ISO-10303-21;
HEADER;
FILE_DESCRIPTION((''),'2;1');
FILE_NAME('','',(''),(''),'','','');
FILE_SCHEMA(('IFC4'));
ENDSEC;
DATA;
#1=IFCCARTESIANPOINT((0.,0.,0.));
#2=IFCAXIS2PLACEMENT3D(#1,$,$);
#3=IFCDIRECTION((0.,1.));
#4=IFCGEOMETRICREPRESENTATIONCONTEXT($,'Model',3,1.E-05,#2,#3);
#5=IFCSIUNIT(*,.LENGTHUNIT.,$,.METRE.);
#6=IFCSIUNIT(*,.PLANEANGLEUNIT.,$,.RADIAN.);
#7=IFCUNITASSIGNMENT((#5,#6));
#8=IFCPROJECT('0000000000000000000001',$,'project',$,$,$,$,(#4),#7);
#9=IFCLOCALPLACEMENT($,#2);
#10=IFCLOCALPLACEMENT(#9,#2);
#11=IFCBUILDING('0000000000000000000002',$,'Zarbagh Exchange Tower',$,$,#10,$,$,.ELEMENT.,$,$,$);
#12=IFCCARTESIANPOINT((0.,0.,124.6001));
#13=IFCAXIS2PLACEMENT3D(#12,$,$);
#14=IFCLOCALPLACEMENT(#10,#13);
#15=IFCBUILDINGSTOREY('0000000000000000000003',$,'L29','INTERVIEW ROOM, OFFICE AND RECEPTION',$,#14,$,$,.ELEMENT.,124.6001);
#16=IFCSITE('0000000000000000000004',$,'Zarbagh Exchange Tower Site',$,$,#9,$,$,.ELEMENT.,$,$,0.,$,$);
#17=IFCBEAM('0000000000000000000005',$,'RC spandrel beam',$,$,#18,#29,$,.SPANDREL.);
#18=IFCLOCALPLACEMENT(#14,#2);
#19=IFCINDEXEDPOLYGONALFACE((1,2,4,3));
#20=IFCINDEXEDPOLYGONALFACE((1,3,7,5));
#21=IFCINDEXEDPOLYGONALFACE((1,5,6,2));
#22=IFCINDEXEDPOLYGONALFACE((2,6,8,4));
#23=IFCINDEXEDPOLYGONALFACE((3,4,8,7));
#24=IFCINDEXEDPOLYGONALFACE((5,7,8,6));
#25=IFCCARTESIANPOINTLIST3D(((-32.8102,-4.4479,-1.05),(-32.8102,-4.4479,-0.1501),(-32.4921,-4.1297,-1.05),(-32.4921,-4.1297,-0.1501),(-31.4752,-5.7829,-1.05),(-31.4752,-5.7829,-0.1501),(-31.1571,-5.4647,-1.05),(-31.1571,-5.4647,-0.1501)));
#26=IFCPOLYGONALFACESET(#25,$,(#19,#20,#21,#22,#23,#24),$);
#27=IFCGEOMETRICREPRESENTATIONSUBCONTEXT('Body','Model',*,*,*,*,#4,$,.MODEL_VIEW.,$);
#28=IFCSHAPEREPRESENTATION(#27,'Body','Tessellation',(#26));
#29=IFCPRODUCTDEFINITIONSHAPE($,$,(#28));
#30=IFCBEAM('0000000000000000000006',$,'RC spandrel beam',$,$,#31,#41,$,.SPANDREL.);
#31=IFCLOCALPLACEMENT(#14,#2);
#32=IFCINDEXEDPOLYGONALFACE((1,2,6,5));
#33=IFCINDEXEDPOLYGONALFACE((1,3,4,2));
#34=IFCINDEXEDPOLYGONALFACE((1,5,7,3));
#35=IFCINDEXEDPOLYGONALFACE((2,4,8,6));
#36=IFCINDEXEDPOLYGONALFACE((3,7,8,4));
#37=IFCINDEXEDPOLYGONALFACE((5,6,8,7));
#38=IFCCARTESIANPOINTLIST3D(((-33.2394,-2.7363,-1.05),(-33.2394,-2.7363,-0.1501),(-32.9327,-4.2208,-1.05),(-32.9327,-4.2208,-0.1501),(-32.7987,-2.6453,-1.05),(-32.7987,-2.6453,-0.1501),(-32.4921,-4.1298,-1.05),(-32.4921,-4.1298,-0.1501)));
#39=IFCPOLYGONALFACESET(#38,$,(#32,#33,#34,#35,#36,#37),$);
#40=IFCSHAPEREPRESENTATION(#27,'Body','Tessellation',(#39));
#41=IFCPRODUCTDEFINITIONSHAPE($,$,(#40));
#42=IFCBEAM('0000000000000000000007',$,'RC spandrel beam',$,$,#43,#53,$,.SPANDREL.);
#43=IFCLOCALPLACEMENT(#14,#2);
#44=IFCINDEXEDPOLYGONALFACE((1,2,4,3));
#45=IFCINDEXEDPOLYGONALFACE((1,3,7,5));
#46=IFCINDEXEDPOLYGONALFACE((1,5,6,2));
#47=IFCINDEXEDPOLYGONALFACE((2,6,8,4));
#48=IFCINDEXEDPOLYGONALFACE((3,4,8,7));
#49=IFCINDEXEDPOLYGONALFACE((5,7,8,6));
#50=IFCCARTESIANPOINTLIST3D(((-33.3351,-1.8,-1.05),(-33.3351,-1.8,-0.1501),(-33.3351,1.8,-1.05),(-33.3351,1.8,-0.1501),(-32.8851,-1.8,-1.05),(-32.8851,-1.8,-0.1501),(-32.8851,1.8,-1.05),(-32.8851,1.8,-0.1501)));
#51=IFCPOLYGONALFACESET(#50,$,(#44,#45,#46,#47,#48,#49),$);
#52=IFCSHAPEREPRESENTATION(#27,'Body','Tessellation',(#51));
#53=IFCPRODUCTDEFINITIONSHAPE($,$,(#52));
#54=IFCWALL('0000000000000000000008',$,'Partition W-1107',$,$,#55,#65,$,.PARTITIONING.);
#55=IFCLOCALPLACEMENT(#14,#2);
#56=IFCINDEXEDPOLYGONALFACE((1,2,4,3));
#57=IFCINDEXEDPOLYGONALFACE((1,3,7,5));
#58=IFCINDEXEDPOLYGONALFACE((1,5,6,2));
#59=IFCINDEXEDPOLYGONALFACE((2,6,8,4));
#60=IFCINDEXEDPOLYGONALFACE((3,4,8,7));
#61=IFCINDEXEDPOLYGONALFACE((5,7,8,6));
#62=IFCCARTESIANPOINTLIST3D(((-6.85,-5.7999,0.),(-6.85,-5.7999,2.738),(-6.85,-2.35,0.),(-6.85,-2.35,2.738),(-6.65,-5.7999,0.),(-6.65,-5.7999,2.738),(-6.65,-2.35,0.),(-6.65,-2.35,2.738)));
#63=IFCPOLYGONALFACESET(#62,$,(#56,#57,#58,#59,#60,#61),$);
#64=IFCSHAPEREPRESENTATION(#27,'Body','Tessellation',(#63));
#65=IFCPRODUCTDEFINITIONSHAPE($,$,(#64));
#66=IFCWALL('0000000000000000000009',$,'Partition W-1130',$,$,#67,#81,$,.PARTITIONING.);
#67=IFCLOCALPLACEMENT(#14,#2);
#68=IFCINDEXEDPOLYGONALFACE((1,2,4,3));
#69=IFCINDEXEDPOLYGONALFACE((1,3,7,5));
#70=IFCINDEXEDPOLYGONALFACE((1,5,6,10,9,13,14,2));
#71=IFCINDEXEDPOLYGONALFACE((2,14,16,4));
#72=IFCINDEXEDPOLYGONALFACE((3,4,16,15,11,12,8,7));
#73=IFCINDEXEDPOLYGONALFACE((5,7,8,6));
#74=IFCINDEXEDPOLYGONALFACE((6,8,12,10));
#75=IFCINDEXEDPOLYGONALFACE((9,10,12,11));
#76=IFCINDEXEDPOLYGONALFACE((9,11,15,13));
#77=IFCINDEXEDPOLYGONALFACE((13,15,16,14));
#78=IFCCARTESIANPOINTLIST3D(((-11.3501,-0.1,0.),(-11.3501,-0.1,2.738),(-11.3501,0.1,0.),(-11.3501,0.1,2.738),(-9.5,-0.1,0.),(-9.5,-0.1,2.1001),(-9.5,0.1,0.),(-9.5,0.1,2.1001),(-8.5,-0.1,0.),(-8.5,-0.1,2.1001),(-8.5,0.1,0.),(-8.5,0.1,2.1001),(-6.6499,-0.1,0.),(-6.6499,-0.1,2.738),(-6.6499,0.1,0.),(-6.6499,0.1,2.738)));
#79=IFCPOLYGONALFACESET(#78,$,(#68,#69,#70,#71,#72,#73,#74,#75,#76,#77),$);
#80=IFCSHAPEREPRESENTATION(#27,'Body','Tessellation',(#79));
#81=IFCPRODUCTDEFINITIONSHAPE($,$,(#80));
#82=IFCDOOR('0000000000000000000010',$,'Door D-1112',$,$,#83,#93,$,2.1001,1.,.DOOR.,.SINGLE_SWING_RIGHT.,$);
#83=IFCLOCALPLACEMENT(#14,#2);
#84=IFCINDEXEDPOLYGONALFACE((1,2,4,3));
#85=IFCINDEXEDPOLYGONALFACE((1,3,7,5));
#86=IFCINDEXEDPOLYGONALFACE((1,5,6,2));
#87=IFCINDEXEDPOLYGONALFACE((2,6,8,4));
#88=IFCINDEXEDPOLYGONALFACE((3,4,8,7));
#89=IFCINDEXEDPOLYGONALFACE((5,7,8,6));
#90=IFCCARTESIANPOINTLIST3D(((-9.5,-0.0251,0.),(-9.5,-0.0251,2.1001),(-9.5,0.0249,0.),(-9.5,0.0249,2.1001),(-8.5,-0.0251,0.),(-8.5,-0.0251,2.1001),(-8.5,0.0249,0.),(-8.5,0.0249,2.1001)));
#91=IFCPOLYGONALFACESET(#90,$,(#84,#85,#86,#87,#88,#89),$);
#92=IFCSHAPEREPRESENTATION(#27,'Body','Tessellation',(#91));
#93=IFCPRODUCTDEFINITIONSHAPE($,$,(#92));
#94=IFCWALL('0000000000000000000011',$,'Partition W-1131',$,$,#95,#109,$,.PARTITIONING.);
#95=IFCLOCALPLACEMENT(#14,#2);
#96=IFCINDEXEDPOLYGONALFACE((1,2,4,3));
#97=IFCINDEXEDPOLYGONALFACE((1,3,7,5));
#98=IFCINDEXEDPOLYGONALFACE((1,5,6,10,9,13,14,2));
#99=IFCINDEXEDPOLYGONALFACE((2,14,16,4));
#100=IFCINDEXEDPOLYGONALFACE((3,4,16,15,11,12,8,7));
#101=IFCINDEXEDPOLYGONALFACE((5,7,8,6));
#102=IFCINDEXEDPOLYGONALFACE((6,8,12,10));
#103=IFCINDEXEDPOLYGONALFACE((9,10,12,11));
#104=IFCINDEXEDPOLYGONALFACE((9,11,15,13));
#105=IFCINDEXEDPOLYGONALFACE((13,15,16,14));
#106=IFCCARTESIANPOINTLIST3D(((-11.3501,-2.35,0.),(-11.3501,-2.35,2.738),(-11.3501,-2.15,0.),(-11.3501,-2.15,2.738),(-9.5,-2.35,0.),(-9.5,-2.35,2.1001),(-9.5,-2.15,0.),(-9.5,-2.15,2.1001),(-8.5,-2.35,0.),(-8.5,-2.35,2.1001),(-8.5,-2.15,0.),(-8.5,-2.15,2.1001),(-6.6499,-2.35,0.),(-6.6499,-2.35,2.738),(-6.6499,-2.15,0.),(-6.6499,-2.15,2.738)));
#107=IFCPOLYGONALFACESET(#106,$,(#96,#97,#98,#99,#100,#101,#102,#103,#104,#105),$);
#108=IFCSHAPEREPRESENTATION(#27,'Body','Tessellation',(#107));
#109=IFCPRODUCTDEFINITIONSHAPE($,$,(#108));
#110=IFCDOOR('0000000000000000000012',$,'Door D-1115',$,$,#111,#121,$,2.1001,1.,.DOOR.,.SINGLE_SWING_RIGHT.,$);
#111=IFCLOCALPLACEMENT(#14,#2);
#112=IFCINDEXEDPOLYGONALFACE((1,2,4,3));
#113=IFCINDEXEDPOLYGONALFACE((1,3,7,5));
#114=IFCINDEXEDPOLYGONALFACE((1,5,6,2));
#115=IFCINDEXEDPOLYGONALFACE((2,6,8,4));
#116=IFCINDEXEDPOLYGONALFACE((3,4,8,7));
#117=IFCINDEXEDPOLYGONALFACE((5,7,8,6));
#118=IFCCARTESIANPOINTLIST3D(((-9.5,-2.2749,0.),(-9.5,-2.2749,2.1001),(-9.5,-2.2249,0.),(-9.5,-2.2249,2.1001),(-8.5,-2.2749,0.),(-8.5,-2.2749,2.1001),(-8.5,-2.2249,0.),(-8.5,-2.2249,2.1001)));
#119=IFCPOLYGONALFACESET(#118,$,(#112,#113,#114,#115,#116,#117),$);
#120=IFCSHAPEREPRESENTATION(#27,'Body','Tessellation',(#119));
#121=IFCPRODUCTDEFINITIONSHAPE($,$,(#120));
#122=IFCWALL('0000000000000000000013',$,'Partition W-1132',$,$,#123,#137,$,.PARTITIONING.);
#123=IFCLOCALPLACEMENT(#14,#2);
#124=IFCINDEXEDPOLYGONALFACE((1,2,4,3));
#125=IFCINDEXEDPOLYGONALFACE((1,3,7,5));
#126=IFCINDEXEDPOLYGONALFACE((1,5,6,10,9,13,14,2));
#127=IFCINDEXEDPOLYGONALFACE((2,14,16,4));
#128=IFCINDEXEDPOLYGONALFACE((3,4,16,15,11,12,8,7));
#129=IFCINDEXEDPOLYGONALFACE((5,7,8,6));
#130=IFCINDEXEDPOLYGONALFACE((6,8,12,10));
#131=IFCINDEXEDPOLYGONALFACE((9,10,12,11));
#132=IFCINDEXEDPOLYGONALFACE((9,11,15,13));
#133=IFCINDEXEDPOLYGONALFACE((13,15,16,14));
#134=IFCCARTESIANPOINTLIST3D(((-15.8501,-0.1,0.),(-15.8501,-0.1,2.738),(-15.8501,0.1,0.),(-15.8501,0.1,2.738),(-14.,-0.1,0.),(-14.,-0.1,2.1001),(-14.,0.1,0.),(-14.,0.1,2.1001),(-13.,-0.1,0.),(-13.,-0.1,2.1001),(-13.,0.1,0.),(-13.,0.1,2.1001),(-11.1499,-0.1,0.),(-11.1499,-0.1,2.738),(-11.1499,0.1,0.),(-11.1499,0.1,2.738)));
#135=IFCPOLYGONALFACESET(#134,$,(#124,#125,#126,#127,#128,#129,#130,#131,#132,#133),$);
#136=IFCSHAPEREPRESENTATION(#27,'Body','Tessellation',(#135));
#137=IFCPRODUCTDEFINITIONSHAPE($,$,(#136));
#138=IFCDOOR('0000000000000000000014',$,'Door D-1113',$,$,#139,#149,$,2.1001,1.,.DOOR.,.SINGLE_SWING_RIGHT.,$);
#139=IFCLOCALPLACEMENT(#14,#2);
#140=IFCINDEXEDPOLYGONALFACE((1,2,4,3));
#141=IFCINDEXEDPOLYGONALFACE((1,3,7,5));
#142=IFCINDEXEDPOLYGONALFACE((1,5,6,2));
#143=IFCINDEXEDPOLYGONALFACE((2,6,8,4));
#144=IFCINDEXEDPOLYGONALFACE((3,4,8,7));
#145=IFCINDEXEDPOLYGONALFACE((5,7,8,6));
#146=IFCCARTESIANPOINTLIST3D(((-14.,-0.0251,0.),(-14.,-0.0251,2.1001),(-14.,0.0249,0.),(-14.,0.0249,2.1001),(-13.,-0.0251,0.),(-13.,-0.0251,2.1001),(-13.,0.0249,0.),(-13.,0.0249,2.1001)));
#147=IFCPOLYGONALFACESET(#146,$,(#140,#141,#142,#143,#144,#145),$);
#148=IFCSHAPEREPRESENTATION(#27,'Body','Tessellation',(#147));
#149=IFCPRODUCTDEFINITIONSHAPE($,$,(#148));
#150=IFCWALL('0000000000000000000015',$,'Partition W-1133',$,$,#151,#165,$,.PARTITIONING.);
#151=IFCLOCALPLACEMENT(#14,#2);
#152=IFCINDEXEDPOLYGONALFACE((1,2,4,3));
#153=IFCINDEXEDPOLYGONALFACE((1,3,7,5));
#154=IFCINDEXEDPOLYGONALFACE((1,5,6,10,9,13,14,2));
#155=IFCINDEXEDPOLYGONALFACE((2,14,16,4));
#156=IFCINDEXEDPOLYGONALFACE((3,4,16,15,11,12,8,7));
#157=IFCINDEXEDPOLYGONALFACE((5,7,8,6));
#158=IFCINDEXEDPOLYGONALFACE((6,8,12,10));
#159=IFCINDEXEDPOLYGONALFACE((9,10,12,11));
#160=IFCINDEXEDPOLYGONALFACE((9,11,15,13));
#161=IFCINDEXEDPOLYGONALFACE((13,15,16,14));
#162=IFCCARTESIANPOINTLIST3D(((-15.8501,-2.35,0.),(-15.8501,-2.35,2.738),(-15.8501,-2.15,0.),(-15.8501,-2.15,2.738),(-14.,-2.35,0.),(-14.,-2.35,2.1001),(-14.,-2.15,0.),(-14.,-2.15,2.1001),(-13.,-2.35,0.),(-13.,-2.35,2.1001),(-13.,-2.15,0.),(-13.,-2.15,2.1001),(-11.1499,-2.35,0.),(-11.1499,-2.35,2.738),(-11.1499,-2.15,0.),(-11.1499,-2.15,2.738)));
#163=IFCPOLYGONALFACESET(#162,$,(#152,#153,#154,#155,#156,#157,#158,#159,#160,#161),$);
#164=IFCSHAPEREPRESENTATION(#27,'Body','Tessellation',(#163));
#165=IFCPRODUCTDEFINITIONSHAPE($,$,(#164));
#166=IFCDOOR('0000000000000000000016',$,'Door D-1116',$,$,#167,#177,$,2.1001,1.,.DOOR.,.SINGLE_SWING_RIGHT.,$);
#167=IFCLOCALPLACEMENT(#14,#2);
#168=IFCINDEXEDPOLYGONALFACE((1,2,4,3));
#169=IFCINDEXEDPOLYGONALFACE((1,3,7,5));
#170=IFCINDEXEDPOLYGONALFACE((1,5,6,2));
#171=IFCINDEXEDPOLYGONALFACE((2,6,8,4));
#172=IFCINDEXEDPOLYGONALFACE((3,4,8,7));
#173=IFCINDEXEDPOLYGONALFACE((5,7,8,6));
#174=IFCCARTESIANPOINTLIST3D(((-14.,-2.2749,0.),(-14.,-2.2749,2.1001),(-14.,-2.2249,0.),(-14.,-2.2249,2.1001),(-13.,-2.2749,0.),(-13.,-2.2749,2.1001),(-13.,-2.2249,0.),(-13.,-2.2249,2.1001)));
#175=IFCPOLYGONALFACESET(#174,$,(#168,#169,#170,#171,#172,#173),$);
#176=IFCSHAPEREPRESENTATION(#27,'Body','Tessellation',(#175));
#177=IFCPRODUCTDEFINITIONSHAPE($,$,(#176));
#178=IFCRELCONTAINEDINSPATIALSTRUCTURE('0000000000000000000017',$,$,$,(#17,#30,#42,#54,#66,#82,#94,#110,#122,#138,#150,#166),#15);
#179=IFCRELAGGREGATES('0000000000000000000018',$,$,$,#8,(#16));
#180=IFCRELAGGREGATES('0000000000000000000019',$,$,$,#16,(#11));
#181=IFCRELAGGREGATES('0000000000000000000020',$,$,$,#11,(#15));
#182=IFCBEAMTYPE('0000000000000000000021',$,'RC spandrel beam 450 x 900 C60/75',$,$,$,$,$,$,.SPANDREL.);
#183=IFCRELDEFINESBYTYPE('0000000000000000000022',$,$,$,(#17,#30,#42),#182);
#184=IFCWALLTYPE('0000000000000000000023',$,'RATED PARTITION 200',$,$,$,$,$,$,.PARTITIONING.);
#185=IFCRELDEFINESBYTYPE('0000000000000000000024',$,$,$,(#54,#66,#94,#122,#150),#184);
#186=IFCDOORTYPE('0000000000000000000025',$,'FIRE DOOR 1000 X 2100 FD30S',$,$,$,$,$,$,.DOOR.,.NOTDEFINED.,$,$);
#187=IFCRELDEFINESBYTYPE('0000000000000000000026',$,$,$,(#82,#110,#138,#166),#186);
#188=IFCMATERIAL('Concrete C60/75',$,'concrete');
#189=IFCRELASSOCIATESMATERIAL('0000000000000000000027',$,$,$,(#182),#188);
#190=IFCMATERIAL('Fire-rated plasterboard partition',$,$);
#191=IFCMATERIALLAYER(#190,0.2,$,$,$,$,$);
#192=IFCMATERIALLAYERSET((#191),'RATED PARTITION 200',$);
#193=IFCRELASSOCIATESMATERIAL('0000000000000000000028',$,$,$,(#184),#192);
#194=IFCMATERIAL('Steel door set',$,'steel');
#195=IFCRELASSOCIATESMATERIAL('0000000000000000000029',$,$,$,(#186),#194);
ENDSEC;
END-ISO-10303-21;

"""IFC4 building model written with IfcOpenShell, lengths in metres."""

from ifc_helpers import new_model, si_unit, direction, frame, frame_2d, origin, origin_2d, place, context, subcontext, project, spatial, rectangle, extrude, material, layer, layer_set, material_profile, profile_set, type_object, element, fill, save


model = new_model("IFC4")

# Units and contexts
model_context = context("Model", 3, precision=1e-05, world=origin(), true_north=direction((0.0, 1.0)))
body_context = subcontext(model_context, "Body", "Model", "MODEL_VIEW")
ifc_project = project(units=[si_unit("LENGTHUNIT", "METRE"), si_unit("PLANEANGLEUNIT", "RADIAN")], contexts=[model_context])

# Site, building, storey
site_placement = place(None, origin())
site = spatial("IfcSite", under=ifc_project, at=site_placement, Name="Zarbagh Exchange Tower Site", CompositionType="ELEMENT", RefElevation=0.0)
building_placement = place(site_placement, origin())
building = spatial("IfcBuilding", under=site, at=building_placement, Name="Zarbagh Exchange Tower", CompositionType="ELEMENT")
storey_placement = place(building_placement, frame((0.0, 0.0, 124.6001)))
storey = spatial("IfcBuildingStorey", under=building, at=storey_placement, Name="L29", Description="INTERVIEW ROOM, OFFICE AND RECEPTION", CompositionType="ELEMENT", Elevation=124.6001)

# Shared definitions
ifc_material_1 = material(Name="Concrete C60/75", Category="concrete")

# Beams
ifc_material_profile_1 = material_profile(ifc_material_1, rectangle(XDim=0.45, YDim=0.8999, at=origin_2d()), Name="RC spandrel beam 450 x 900 C60/75")
ifc_profile_set_1 = profile_set([ifc_material_profile_1], Name="Concrete C60/75")
beam_type_1 = type_object("IfcBeamType", Name="RC spandrel beam 450 x 900 C60/75", PredefinedType="SPANDREL", material=ifc_profile_set_1)
beam_1_placement = place(storey_placement, frame((-31.3162, -5.6238, -0.6001), z_axis=(-0.707107, 0.707107, 0.0), x_axis=(-0.707107, -0.707107, 0.0)))
element("IfcBeam", 1, at=beam_1_placement, inside=storey, type_object=beam_type_1, Name="RC spandrel beam", PredefinedType="SPANDREL", context=body_context, shape_type="SweptSolid", body=[
    extrude(rectangle(XDim=0.45, YDim=0.8999, at=origin_2d()), origin(), (0.0, 0.0, 1.0), 1.8879),
])
beam_2_placement = place(storey_placement, frame((-32.7124, -4.1753, -0.6001), z_axis=(-0.202275, 0.979329, 0.0), x_axis=(-0.979329, -0.202275, 0.0)))
element("IfcBeam", 2, at=beam_2_placement, inside=storey, type_object=beam_type_1, Name="RC spandrel beam", PredefinedType="SPANDREL", context=body_context, shape_type="SweptSolid", body=[
    extrude(rectangle(XDim=0.45, YDim=0.8999, at=origin_2d()), origin(), (0.0, 0.0, 1.0), 1.5159),
])
beam_3_placement = place(storey_placement, frame((-33.1101, -1.8, -0.6001), z_axis=(0.0, 1.0, 0.0), x_axis=(-1.0, 0.0, 0.0)))
element("IfcBeam", 3, at=beam_3_placement, inside=storey, type_object=beam_type_1, Name="RC spandrel beam", PredefinedType="SPANDREL", context=body_context, shape_type="SweptSolid", body=[
    extrude(rectangle(XDim=0.45, YDim=0.8999, at=origin_2d()), origin(), (0.0, 0.0, 1.0), 3.6001),
])

# Wall
ifc_material_2 = material(Name="Fire-rated plasterboard partition")
ifc_layer = layer(ifc_material_2, 0.2)
ifc_layer_set = layer_set([ifc_layer], Name="RATED PARTITION 200")
wall_type = type_object("IfcWallType", Name="RATED PARTITION 200", PredefinedType="PARTITIONING", material=ifc_layer_set)
wall_1_placement = place(storey_placement, frame((-6.75, -5.8, 0.0), z_axis=(0.0, 0.0, 1.0), x_axis=(0.0, 1.0, 0.0)))
element("IfcWall", 4, at=wall_1_placement, inside=storey, type_object=wall_type, Name="Partition W-1107", PredefinedType="PARTITIONING", context=body_context, shape_type="SweptSolid", body=[
    extrude(rectangle(XDim=3.45, YDim=0.2, at=frame_2d((1.7251, 0.0))), origin(), (0.0, 0.0, 1.0), 2.738),
])

# Walls, openings, doors
wall_2_placement = place(storey_placement, frame((-11.3501, 0.0, 0.0), z_axis=(0.0, 0.0, 1.0), x_axis=(1.0, 0.0, 0.0)))
wall_2 = element("IfcWall", 5, at=wall_2_placement, inside=storey, type_object=wall_type, Name="Partition W-1130", PredefinedType="PARTITIONING", context=body_context, shape_type="SweptSolid", body=[
    extrude(rectangle(XDim=4.7002, YDim=0.2, at=frame_2d((2.3501, 0.0))), origin(), (0.0, 0.0, 1.0), 2.738),
])
opening_1_placement = place(wall_2_placement, frame((1.8501, 0.0, 0.0)))
opening_1 = element("IfcOpeningElement", 6, at=opening_1_placement, cuts=wall_2, PredefinedType="OPENING", context=body_context, shape_type="SweptSolid", body=[
    extrude(rectangle(XDim=1.0, YDim=2.1001, at=frame_2d((0.5, 1.05))), frame((0.0, 0.1099, 0.0), z_axis=(0.0, -1.0, 0.0), x_axis=(1.0, 0.0, 0.0)), (0.0, 0.0, 1.0), 0.22),
])
ifc_material_3 = material(Name="Steel door set", Category="steel")
door_type = type_object("IfcDoorType", Name="FIRE DOOR 1000 X 2100 FD30S", OperationType="NOTDEFINED", PredefinedType="DOOR", material=ifc_material_3)
door_1_placement = place(opening_1_placement, origin())
door_1 = element("IfcDoor", 7, at=door_1_placement, inside=storey, type_object=door_type, Name="Door D-1112", OperationType="SINGLE_SWING_RIGHT", OverallHeight=2.1001, OverallWidth=1.0, PredefinedType="DOOR", context=body_context, shape_type="SweptSolid", body=[
    extrude(rectangle(XDim=1.0, YDim=2.1001, at=frame_2d((0.5, 1.05))), frame((0.0, 0.0249, 0.0), z_axis=(0.0, -1.0, 0.0), x_axis=(1.0, 0.0, 0.0)), (0.0, 0.0, 1.0), 0.05),
])
fill(opening_1, door_1)
wall_3_placement = place(storey_placement, frame((-6.6499, -2.25, 0.0), z_axis=(0.0, 0.0, 1.0), x_axis=(-1.0, 0.0, 0.0)))
wall_3 = element("IfcWall", 8, at=wall_3_placement, inside=storey, type_object=wall_type, Name="Partition W-1131", PredefinedType="PARTITIONING", context=body_context, shape_type="SweptSolid", body=[
    extrude(rectangle(XDim=4.7002, YDim=0.2, at=frame_2d((2.3501, 0.0))), origin(), (0.0, 0.0, 1.0), 2.738),
])
opening_2_placement = place(wall_3_placement, frame((1.8501, 0.0, 0.0)))
opening_2 = element("IfcOpeningElement", 9, at=opening_2_placement, cuts=wall_3, PredefinedType="OPENING", context=body_context, shape_type="SweptSolid", body=[
    extrude(rectangle(XDim=1.0, YDim=2.1001, at=frame_2d((0.5, 1.05))), frame((0.0, 0.1099, 0.0), z_axis=(0.0, -1.0, 0.0), x_axis=(1.0, 0.0, 0.0)), (0.0, 0.0, 1.0), 0.22),
])
door_2_placement = place(opening_2_placement, origin())
door_2 = element("IfcDoor", 10, at=door_2_placement, inside=storey, type_object=door_type, Name="Door D-1115", OperationType="SINGLE_SWING_RIGHT", OverallHeight=2.1001, OverallWidth=1.0, PredefinedType="DOOR", context=body_context, shape_type="SweptSolid", body=[
    extrude(rectangle(XDim=1.0, YDim=2.1001, at=frame_2d((0.5, 1.05))), frame((0.0, 0.0249, 0.0), z_axis=(0.0, -1.0, 0.0), x_axis=(1.0, 0.0, 0.0)), (0.0, 0.0, 1.0), 0.05),
])
fill(opening_2, door_2)
wall_4_placement = place(storey_placement, frame((-15.8501, 0.0, 0.0), z_axis=(0.0, 0.0, 1.0), x_axis=(1.0, 0.0, 0.0)))
wall_4 = element("IfcWall", 11, at=wall_4_placement, inside=storey, type_object=wall_type, Name="Partition W-1132", PredefinedType="PARTITIONING", context=body_context, shape_type="SweptSolid", body=[
    extrude(rectangle(XDim=4.7002, YDim=0.2, at=frame_2d((2.3501, 0.0))), origin(), (0.0, 0.0, 1.0), 2.738),
])
opening_3_placement = place(wall_4_placement, frame((1.8501, 0.0, 0.0)))
opening_3 = element("IfcOpeningElement", 12, at=opening_3_placement, cuts=wall_4, PredefinedType="OPENING", context=body_context, shape_type="SweptSolid", body=[
    extrude(rectangle(XDim=1.0, YDim=2.1001, at=frame_2d((0.5, 1.05))), frame((0.0, 0.1099, 0.0), z_axis=(0.0, -1.0, 0.0), x_axis=(1.0, 0.0, 0.0)), (0.0, 0.0, 1.0), 0.22),
])
door_3_placement = place(opening_3_placement, origin())
door_3 = element("IfcDoor", 13, at=door_3_placement, inside=storey, type_object=door_type, Name="Door D-1113", OperationType="SINGLE_SWING_RIGHT", OverallHeight=2.1001, OverallWidth=1.0, PredefinedType="DOOR", context=body_context, shape_type="SweptSolid", body=[
    extrude(rectangle(XDim=1.0, YDim=2.1001, at=frame_2d((0.5, 1.05))), frame((0.0, 0.0249, 0.0), z_axis=(0.0, -1.0, 0.0), x_axis=(1.0, 0.0, 0.0)), (0.0, 0.0, 1.0), 0.05),
])
fill(opening_3, door_3)
wall_5_placement = place(storey_placement, frame((-11.1499, -2.25, 0.0), z_axis=(0.0, 0.0, 1.0), x_axis=(-1.0, 0.0, 0.0)))
wall_5 = element("IfcWall", 14, at=wall_5_placement, inside=storey, type_object=wall_type, Name="Partition W-1133", PredefinedType="PARTITIONING", context=body_context, shape_type="SweptSolid", body=[
    extrude(rectangle(XDim=4.7002, YDim=0.2, at=frame_2d((2.3501, 0.0))), origin(), (0.0, 0.0, 1.0), 2.738),
])
opening_4_placement = place(wall_5_placement, frame((1.8501, 0.0, 0.0)))
opening_4 = element("IfcOpeningElement", 15, at=opening_4_placement, cuts=wall_5, PredefinedType="OPENING", context=body_context, shape_type="SweptSolid", body=[
    extrude(rectangle(XDim=1.0, YDim=2.1001, at=frame_2d((0.5, 1.05))), frame((0.0, 0.1099, 0.0), z_axis=(0.0, -1.0, 0.0), x_axis=(1.0, 0.0, 0.0)), (0.0, 0.0, 1.0), 0.22),
])
door_4_placement = place(opening_4_placement, origin())
door_4 = element("IfcDoor", 16, at=door_4_placement, inside=storey, type_object=door_type, Name="Door D-1116", OperationType="SINGLE_SWING_RIGHT", OverallHeight=2.1001, OverallWidth=1.0, PredefinedType="DOOR", context=body_context, shape_type="SweptSolid", body=[
    extrude(rectangle(XDim=1.0, YDim=2.1001, at=frame_2d((0.5, 1.05))), frame((0.0, 0.0249, 0.0), z_axis=(0.0, -1.0, 0.0), x_axis=(1.0, 0.0, 0.0)), (0.0, 0.0, 1.0), 0.05),
])
fill(opening_4, door_4)

save(model, "model.ifc")
